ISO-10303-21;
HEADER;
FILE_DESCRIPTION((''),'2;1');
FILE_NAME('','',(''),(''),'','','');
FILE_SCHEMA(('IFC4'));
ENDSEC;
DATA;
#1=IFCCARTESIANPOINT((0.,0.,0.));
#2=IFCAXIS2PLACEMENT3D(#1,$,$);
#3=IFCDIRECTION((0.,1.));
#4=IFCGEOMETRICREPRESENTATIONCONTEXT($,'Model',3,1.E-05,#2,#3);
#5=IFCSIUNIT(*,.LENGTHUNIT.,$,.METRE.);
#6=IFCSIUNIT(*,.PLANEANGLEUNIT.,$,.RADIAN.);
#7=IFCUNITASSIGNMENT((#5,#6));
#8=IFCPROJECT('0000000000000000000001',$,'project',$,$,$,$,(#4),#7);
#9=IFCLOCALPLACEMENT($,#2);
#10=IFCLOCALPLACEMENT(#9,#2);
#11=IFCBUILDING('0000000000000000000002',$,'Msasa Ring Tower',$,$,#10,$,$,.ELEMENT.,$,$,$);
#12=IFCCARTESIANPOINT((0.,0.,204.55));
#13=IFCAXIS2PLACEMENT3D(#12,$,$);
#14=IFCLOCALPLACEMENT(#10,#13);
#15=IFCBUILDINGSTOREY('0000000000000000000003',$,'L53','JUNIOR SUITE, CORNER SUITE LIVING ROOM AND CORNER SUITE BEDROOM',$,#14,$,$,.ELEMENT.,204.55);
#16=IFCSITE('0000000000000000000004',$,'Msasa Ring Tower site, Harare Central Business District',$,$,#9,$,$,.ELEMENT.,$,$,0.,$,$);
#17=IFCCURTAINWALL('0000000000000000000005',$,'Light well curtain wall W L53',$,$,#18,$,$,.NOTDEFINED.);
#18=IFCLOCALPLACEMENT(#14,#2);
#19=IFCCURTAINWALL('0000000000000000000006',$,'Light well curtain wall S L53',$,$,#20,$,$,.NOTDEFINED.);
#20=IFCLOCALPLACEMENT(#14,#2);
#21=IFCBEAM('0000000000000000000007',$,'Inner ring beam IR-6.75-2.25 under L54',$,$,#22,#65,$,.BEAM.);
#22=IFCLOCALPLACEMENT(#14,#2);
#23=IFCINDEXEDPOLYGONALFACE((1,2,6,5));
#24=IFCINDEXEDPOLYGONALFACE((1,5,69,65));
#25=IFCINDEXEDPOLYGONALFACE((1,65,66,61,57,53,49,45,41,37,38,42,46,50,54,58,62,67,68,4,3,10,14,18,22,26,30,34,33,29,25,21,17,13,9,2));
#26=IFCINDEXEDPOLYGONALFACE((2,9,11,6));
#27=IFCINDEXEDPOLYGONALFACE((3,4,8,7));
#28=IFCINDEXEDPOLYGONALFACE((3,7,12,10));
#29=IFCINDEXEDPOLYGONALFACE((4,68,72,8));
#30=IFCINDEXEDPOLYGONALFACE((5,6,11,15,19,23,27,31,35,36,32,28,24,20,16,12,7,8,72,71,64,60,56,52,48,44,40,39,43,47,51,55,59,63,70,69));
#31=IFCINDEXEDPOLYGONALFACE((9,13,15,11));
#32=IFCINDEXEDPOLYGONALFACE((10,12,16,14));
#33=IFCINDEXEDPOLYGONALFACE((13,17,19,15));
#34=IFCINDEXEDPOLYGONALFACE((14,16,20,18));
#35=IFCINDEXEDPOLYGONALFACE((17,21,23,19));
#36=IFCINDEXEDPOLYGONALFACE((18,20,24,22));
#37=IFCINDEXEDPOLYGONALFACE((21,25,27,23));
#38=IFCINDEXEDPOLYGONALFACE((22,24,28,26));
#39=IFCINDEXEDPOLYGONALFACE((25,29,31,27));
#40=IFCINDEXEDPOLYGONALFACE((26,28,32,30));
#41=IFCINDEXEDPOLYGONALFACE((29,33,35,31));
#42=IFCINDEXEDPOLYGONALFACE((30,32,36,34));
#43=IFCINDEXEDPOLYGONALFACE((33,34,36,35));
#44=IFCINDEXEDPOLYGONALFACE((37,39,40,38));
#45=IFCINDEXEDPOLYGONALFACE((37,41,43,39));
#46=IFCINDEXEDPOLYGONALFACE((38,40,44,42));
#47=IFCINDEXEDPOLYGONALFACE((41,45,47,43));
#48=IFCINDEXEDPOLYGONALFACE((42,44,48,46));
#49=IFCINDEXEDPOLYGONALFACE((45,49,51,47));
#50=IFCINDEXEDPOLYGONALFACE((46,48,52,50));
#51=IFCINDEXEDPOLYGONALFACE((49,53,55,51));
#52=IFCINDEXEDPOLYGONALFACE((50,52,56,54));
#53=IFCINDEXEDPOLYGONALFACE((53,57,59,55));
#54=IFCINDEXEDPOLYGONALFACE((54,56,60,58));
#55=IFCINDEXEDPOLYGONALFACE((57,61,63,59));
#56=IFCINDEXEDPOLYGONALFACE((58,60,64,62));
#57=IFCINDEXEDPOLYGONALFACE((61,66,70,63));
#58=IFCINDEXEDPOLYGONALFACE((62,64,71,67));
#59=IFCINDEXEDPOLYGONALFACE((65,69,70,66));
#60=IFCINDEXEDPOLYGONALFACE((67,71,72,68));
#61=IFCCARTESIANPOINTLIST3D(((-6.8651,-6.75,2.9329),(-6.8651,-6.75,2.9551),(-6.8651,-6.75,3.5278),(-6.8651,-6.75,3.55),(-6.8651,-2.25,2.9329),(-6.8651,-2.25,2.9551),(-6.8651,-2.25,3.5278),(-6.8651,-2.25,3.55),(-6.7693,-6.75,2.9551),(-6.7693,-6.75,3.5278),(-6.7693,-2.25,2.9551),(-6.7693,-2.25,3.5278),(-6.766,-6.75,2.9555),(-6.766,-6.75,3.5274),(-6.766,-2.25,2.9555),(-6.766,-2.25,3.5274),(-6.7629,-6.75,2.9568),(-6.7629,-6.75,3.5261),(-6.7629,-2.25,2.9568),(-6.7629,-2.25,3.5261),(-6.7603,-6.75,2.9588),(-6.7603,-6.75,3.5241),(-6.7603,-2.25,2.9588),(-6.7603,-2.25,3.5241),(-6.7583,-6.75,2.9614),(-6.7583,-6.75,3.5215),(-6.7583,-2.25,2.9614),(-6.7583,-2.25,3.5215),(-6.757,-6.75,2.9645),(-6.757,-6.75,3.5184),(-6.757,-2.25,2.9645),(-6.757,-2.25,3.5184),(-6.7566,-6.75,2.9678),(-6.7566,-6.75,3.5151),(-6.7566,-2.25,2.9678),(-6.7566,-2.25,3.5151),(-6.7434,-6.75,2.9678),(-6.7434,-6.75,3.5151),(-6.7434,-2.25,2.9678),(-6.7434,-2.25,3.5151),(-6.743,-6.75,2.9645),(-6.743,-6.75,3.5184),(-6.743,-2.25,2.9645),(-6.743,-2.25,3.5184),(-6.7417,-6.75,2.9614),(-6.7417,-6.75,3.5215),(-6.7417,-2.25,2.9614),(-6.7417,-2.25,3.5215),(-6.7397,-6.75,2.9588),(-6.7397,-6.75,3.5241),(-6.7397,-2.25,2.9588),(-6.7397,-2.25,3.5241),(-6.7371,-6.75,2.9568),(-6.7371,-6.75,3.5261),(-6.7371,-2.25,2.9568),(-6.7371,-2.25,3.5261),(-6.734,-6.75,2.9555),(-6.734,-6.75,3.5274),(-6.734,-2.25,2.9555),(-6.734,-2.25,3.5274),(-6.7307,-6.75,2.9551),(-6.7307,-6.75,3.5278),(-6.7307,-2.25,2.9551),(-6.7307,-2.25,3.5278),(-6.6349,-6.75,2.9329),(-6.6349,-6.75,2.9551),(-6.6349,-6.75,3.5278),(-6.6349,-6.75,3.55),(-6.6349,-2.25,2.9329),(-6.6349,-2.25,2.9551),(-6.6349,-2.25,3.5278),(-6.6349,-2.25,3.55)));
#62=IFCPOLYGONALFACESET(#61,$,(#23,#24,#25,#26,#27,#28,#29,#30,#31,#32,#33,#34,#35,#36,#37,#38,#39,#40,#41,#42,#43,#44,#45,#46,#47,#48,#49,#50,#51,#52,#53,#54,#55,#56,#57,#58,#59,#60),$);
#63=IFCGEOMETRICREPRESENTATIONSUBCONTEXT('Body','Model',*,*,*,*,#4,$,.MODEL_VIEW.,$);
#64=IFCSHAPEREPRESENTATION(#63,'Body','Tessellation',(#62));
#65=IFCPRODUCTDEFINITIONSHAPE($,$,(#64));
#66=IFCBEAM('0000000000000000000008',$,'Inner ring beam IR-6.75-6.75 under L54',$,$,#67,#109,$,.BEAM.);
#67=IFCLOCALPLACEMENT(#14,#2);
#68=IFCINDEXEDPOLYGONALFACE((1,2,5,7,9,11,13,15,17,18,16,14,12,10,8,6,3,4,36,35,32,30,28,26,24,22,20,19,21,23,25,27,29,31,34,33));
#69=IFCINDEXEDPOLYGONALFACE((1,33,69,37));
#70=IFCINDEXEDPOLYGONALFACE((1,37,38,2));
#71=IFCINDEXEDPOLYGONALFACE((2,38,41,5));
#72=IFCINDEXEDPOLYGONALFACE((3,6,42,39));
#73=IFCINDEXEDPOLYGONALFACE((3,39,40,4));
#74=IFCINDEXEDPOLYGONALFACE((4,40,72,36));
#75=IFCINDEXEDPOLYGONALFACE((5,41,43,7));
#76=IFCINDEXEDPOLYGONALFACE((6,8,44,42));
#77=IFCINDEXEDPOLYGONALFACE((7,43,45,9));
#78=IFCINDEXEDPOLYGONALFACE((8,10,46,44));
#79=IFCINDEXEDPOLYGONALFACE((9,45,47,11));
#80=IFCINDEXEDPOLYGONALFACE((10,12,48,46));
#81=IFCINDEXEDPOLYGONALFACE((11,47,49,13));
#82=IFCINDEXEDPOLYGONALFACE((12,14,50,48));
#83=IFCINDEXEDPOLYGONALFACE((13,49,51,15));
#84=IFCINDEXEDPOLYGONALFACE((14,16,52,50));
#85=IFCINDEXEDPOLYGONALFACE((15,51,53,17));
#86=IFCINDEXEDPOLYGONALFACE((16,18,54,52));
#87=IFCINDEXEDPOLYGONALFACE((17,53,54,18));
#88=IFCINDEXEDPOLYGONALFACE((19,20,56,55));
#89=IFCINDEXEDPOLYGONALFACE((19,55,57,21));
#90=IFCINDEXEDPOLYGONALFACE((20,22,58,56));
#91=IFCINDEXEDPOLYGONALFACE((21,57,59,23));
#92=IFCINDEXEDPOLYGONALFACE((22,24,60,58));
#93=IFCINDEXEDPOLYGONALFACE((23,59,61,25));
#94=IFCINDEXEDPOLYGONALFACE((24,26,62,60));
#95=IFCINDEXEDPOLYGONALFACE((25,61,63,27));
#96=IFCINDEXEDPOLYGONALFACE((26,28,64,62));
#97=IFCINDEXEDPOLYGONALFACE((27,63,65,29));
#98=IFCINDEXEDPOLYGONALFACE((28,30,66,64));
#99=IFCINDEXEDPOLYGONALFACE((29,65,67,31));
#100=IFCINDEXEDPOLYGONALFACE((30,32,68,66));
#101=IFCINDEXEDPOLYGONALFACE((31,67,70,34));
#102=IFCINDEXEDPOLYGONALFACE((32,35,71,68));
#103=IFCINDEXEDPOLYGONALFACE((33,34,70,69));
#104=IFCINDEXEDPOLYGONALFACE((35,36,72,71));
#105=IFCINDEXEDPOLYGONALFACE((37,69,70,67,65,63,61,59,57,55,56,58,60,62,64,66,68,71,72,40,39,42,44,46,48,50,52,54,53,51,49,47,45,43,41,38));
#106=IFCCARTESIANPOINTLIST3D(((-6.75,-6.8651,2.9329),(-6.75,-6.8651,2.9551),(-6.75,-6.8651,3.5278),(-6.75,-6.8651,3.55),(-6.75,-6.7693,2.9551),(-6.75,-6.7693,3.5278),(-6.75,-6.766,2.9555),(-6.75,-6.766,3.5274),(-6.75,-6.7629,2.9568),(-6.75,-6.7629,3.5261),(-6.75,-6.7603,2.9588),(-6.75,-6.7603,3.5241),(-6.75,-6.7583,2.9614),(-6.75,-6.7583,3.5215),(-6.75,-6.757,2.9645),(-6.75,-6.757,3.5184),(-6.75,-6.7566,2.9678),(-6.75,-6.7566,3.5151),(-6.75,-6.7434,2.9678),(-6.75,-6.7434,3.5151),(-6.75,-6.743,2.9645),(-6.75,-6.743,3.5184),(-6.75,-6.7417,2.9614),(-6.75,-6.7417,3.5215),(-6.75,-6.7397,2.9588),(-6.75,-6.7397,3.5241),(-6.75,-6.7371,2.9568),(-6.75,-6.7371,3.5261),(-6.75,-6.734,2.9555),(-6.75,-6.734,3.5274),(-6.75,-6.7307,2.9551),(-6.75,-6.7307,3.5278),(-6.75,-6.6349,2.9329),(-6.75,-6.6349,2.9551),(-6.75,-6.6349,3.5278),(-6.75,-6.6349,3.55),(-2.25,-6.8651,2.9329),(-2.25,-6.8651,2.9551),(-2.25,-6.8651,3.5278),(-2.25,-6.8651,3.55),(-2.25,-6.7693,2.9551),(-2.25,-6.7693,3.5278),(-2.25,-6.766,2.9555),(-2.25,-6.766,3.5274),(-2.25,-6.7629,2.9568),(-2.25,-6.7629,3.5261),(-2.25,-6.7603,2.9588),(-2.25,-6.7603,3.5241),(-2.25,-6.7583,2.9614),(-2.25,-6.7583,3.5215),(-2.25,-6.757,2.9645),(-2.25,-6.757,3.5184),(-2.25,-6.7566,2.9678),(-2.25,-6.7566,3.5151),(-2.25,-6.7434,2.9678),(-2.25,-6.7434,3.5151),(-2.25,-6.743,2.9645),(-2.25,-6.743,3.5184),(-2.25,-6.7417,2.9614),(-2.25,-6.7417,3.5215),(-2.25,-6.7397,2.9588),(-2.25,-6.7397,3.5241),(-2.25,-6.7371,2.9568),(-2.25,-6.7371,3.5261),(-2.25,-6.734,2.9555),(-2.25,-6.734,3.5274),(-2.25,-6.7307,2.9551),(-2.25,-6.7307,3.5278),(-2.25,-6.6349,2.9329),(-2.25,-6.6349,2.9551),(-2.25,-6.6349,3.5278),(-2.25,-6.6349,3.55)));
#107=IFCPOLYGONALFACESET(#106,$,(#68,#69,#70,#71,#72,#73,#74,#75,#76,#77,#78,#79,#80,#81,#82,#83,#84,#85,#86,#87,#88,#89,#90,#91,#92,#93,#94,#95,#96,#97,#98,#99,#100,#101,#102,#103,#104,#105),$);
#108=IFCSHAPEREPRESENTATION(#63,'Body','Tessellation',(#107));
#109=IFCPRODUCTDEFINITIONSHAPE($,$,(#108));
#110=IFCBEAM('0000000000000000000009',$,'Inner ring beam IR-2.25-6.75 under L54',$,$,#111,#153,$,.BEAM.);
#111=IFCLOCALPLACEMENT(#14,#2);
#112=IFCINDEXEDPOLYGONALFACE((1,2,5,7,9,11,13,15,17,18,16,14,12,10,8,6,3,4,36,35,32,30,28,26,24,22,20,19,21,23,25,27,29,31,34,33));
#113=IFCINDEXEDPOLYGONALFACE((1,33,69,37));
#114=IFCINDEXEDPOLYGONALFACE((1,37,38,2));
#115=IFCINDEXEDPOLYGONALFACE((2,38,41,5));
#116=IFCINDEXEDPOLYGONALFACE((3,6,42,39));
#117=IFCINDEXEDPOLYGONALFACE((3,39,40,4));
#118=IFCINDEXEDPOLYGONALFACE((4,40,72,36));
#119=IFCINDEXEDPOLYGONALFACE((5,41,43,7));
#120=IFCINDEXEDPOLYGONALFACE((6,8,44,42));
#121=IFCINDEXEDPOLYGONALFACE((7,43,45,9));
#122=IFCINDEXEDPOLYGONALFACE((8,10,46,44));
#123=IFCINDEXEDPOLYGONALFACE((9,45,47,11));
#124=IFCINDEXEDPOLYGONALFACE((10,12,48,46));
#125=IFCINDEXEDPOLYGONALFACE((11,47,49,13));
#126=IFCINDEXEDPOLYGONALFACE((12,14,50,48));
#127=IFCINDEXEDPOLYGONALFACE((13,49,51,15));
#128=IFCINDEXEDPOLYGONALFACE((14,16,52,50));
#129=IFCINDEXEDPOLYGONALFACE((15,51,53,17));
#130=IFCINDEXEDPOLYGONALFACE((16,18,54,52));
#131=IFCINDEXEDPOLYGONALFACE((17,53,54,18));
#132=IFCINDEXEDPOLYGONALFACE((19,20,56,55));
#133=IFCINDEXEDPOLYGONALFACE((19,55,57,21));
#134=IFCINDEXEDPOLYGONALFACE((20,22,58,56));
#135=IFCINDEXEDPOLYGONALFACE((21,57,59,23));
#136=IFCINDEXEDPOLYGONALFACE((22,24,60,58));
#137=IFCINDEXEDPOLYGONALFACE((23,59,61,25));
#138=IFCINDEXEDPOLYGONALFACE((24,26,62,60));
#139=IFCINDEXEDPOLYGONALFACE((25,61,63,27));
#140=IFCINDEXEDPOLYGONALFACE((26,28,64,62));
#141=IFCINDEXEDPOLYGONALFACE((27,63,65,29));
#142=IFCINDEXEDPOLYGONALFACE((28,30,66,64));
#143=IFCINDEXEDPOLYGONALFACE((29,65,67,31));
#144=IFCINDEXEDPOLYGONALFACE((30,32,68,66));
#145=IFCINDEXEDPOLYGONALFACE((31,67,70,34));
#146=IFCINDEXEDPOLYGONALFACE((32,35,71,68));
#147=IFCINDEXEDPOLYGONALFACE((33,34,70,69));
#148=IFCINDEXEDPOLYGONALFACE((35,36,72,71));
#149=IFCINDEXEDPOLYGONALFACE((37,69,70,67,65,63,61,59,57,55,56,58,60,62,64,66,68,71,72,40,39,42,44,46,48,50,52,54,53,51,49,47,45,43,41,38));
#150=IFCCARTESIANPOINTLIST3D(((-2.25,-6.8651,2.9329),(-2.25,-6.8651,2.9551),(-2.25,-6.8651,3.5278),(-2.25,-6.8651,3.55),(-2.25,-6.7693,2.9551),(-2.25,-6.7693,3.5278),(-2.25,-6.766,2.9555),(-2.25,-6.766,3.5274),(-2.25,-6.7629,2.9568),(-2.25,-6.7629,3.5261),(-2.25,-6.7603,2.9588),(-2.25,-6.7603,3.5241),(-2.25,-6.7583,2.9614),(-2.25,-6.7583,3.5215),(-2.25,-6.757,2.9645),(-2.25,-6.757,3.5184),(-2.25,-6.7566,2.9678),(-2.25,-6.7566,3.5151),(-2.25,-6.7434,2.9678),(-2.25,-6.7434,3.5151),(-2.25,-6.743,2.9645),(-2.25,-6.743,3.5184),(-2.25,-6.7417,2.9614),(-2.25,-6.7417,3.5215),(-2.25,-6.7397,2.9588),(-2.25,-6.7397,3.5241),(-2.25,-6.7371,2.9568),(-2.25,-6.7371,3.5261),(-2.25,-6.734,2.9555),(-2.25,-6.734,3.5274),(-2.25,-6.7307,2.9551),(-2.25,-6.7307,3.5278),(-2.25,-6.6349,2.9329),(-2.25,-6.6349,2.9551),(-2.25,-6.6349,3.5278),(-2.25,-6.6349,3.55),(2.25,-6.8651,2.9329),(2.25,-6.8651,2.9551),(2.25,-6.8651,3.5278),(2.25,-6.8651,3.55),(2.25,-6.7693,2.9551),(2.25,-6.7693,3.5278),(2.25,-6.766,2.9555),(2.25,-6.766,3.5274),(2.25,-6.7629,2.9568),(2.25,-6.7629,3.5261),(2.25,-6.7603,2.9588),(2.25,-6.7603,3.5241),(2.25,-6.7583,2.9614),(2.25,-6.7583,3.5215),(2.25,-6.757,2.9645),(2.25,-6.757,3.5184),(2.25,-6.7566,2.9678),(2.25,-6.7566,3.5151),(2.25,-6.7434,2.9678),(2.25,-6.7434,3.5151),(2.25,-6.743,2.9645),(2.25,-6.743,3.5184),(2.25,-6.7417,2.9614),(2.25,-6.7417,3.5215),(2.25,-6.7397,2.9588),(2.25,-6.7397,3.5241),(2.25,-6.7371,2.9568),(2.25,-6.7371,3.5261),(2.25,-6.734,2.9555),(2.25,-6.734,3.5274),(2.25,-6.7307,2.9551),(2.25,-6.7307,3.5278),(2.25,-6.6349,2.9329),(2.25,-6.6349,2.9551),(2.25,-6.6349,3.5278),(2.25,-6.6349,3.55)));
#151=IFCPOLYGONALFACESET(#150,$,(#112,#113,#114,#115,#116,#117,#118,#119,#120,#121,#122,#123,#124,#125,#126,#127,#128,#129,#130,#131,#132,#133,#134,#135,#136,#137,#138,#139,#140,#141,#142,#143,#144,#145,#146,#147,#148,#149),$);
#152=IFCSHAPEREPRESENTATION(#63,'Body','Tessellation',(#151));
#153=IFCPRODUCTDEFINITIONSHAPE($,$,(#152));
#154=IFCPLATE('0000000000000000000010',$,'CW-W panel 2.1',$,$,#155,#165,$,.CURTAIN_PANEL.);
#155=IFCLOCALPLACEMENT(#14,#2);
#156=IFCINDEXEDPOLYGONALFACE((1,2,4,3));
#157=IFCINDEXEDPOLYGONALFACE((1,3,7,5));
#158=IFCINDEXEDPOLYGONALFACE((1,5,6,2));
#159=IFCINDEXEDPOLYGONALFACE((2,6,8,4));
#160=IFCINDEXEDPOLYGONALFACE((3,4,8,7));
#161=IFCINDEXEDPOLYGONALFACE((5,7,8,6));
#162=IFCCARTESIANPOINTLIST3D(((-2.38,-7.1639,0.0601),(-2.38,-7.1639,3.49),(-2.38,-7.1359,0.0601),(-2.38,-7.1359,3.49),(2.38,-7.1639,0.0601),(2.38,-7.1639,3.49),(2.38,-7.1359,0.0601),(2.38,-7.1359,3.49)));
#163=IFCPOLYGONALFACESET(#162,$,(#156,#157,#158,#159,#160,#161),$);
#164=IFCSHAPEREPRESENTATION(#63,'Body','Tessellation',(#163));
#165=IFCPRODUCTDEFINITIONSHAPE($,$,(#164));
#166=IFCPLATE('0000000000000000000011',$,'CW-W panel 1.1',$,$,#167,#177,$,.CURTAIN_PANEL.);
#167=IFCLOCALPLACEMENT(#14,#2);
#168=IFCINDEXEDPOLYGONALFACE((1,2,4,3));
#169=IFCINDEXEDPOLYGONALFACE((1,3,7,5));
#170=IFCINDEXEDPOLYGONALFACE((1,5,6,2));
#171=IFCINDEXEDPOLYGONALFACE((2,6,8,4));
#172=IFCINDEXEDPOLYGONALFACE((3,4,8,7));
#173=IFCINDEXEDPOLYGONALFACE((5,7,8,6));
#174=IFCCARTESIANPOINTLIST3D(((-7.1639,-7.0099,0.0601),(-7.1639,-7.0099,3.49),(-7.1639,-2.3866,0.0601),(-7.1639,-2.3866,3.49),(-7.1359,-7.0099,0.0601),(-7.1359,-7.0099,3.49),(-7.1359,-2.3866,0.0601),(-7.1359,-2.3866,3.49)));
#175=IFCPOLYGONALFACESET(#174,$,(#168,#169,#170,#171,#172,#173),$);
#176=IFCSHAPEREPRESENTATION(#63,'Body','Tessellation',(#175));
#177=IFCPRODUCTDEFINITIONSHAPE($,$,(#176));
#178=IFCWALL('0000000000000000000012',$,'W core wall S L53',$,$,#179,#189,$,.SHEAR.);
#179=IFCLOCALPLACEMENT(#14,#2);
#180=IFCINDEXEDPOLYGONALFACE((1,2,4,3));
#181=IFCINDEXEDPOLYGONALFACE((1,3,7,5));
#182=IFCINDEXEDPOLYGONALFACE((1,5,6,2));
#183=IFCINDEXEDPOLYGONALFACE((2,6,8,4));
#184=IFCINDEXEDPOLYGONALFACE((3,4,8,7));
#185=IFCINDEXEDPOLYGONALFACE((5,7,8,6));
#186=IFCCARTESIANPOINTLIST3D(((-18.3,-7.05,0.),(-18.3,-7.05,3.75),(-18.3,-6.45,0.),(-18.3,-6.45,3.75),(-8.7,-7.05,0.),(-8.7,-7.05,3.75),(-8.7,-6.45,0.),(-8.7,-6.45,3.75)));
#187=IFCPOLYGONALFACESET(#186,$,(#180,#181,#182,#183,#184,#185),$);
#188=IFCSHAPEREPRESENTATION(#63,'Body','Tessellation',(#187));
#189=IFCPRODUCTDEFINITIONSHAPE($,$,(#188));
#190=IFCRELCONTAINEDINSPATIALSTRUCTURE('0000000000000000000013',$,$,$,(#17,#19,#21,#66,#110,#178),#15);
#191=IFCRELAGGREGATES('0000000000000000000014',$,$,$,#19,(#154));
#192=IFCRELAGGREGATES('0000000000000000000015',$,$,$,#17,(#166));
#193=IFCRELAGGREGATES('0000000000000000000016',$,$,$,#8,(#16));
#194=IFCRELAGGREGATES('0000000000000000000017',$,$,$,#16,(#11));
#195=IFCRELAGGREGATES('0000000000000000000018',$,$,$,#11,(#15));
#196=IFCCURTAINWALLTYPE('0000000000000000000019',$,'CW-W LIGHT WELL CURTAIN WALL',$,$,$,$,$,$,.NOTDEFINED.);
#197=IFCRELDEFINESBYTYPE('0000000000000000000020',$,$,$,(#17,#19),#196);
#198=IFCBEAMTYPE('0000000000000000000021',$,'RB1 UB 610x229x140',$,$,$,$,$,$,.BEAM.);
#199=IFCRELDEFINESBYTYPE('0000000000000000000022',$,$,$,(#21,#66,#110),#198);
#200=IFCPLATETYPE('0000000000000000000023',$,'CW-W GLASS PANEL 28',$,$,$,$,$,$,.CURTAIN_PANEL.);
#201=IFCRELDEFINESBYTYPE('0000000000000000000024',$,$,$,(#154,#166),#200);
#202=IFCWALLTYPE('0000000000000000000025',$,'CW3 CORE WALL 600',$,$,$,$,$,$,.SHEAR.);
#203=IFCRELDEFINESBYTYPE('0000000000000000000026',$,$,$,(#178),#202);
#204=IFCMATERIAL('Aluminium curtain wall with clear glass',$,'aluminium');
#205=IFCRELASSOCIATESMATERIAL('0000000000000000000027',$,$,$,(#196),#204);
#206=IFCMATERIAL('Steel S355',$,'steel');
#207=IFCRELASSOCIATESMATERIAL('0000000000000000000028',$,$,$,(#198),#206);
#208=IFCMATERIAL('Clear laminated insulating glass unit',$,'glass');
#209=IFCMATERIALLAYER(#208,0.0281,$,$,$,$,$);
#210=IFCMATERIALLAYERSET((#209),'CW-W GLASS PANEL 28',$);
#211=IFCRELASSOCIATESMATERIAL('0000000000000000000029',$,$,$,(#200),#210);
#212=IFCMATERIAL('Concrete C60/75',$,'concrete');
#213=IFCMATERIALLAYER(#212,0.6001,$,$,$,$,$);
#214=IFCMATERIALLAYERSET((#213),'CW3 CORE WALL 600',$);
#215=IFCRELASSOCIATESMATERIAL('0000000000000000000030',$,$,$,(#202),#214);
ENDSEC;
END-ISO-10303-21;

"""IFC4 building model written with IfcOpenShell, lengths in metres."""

from ifc_helpers import new_model, si_unit, direction, frame, frame_2d, origin, origin_2d, place, context, subcontext, project, spatial, rectangle, i_section, extrude, material, layer, layer_set, material_profile, profile_set, type_object, element, aggregate, save


model = new_model("IFC4")

# Units and contexts
model_context = context("Model", 3, precision=1e-05, world=origin(), true_north=direction((0.0, 1.0)))
body_context = subcontext(model_context, "Body", "Model", "MODEL_VIEW")
ifc_project = project(units=[si_unit("LENGTHUNIT", "METRE"), si_unit("PLANEANGLEUNIT", "RADIAN")], contexts=[model_context])

# Site, building, storey
site_placement = place(None, origin())
site = spatial("IfcSite", under=ifc_project, at=site_placement, Name="Msasa Ring Tower site, Harare Central Business District", CompositionType="ELEMENT", RefElevation=0.0)
building_placement = place(site_placement, origin())
building = spatial("IfcBuilding", under=site, at=building_placement, Name="Msasa Ring Tower", CompositionType="ELEMENT")
storey_placement = place(building_placement, frame((0.0, 0.0, 204.55)))
storey = spatial("IfcBuildingStorey", under=building, at=storey_placement, Name="L53", Description="JUNIOR SUITE, CORNER SUITE LIVING ROOM AND CORNER SUITE BEDROOM", CompositionType="ELEMENT", Elevation=204.55)

# Curtain walls
ifc_material_1 = material(Name="Aluminium curtain wall with clear glass", Category="aluminium")
curtain_wall_type = type_object("IfcCurtainWallType", Name="CW-W LIGHT WELL CURTAIN WALL", PredefinedType="NOTDEFINED", material=ifc_material_1)
curtain_wall_1_placement = place(storey_placement, origin())
curtain_wall_1 = element("IfcCurtainWall", 1, at=curtain_wall_1_placement, inside=storey, type_object=curtain_wall_type, Name="Light well curtain wall W L53", PredefinedType="NOTDEFINED")
curtain_wall_2_placement = place(storey_placement, origin())
curtain_wall_2 = element("IfcCurtainWall", 2, at=curtain_wall_2_placement, inside=storey, type_object=curtain_wall_type, Name="Light well curtain wall S L53", PredefinedType="NOTDEFINED")

# Beams
ifc_material_2 = material(Name="Steel S355", Category="steel")
ifc_material_profile_1 = material_profile(ifc_material_2, i_section(OverallWidth=0.2302, OverallDepth=0.6172, WebThickness=0.0132, FlangeThickness=0.0222, FilletRadius=0.0127, at=origin_2d()), Name="UB 610x229x140")
ifc_profile_set_1 = profile_set([ifc_material_profile_1], Name="Steel S355")
beam_type = type_object("IfcBeamType", Name="RB1 UB 610x229x140", PredefinedType="BEAM", material=ifc_profile_set_1)
for number, where, z_axis, x_axis, name in (
    (3, (-6.75, -2.25, 3.2415), (0.0, -1.0, 0.0), (1.0, 0.0, 0.0), "Inner ring beam IR-6.75-2.25 under L54"),
    (4, (-6.75, -6.75, 3.2415), (1.0, 0.0, 0.0), (0.0, 1.0, 0.0), "Inner ring beam IR-6.75-6.75 under L54"),
    (5, (-2.25, -6.75, 3.2415), (1.0, 0.0, 0.0), (0.0, 1.0, 0.0), "Inner ring beam IR-2.25-6.75 under L54"),
):
    element("IfcBeam", number, at=place(storey_placement, frame(where, z_axis=z_axis, x_axis=x_axis)), inside=storey, type_object=beam_type, Name=name, PredefinedType="BEAM", context=body_context, shape_type="SweptSolid", body=[
        extrude(i_section(OverallWidth=0.2302, OverallDepth=0.6172, WebThickness=0.0132, FlangeThickness=0.0222, FilletRadius=0.0127, at=origin_2d()), origin(), (0.0, 0.0, 1.0), 4.5),
    ])

# Plates
ifc_material_3 = material(Name="Clear laminated insulating glass unit", Category="glass")
ifc_layer_1 = layer(ifc_material_3, 0.0281)
ifc_layer_set_1 = layer_set([ifc_layer_1], Name="CW-W GLASS PANEL 28")
plate_type = type_object("IfcPlateType", Name="CW-W GLASS PANEL 28", PredefinedType="CURTAIN_PANEL", material=ifc_layer_set_1)
plate_1_placement = place(storey_placement, frame((0.0, -7.1499, 0.0601), z_axis=(0.0, 0.0, 1.0), x_axis=(1.0, 0.0, 0.0)))
plate_1 = element("IfcPlate", 6, at=plate_1_placement, type_object=plate_type, Name="CW-W panel 2.1", PredefinedType="CURTAIN_PANEL", context=body_context, shape_type="SweptSolid", body=[
    extrude(rectangle(XDim=4.76, YDim=0.0281, at=origin_2d()), origin(), (0.0, 0.0, 1.0), 3.4299),
])
aggregate(curtain_wall_2, [plate_1])
plate_2_placement = place(storey_placement, frame((-7.1499, -4.6982, 0.0601), z_axis=(0.0, 0.0, 1.0), x_axis=(0.0, 1.0, 0.0)))
plate_2 = element("IfcPlate", 7, at=plate_2_placement, type_object=plate_type, Name="CW-W panel 1.1", PredefinedType="CURTAIN_PANEL", context=body_context, shape_type="SweptSolid", body=[
    extrude(rectangle(XDim=4.6233, YDim=0.0281, at=origin_2d()), origin(), (0.0, 0.0, 1.0), 3.4299),
])
aggregate(curtain_wall_1, [plate_2])

# Wall
ifc_material_4 = material(Name="Concrete C60/75", Category="concrete")
ifc_layer_2 = layer(ifc_material_4, 0.6001)
ifc_layer_set_2 = layer_set([ifc_layer_2], Name="CW3 CORE WALL 600")
wall_type_1 = type_object("IfcWallType", Name="CW3 CORE WALL 600", PredefinedType="SHEAR", material=ifc_layer_set_2)
wall_1_placement = place(storey_placement, frame((-8.7, -6.75, 0.0), z_axis=(0.0, 0.0, 1.0), x_axis=(-1.0, 0.0, 0.0)))
element("IfcWall", 8, at=wall_1_placement, inside=storey, type_object=wall_type_1, Name="W core wall S L53", PredefinedType="SHEAR", context=body_context, shape_type="SweptSolid", body=[
    extrude(rectangle(XDim=9.6001, YDim=0.6001, at=frame_2d((4.8, 0.0))), origin(), (0.0, 0.0, 1.0), 3.75),
])

save(model, "model.ifc")
